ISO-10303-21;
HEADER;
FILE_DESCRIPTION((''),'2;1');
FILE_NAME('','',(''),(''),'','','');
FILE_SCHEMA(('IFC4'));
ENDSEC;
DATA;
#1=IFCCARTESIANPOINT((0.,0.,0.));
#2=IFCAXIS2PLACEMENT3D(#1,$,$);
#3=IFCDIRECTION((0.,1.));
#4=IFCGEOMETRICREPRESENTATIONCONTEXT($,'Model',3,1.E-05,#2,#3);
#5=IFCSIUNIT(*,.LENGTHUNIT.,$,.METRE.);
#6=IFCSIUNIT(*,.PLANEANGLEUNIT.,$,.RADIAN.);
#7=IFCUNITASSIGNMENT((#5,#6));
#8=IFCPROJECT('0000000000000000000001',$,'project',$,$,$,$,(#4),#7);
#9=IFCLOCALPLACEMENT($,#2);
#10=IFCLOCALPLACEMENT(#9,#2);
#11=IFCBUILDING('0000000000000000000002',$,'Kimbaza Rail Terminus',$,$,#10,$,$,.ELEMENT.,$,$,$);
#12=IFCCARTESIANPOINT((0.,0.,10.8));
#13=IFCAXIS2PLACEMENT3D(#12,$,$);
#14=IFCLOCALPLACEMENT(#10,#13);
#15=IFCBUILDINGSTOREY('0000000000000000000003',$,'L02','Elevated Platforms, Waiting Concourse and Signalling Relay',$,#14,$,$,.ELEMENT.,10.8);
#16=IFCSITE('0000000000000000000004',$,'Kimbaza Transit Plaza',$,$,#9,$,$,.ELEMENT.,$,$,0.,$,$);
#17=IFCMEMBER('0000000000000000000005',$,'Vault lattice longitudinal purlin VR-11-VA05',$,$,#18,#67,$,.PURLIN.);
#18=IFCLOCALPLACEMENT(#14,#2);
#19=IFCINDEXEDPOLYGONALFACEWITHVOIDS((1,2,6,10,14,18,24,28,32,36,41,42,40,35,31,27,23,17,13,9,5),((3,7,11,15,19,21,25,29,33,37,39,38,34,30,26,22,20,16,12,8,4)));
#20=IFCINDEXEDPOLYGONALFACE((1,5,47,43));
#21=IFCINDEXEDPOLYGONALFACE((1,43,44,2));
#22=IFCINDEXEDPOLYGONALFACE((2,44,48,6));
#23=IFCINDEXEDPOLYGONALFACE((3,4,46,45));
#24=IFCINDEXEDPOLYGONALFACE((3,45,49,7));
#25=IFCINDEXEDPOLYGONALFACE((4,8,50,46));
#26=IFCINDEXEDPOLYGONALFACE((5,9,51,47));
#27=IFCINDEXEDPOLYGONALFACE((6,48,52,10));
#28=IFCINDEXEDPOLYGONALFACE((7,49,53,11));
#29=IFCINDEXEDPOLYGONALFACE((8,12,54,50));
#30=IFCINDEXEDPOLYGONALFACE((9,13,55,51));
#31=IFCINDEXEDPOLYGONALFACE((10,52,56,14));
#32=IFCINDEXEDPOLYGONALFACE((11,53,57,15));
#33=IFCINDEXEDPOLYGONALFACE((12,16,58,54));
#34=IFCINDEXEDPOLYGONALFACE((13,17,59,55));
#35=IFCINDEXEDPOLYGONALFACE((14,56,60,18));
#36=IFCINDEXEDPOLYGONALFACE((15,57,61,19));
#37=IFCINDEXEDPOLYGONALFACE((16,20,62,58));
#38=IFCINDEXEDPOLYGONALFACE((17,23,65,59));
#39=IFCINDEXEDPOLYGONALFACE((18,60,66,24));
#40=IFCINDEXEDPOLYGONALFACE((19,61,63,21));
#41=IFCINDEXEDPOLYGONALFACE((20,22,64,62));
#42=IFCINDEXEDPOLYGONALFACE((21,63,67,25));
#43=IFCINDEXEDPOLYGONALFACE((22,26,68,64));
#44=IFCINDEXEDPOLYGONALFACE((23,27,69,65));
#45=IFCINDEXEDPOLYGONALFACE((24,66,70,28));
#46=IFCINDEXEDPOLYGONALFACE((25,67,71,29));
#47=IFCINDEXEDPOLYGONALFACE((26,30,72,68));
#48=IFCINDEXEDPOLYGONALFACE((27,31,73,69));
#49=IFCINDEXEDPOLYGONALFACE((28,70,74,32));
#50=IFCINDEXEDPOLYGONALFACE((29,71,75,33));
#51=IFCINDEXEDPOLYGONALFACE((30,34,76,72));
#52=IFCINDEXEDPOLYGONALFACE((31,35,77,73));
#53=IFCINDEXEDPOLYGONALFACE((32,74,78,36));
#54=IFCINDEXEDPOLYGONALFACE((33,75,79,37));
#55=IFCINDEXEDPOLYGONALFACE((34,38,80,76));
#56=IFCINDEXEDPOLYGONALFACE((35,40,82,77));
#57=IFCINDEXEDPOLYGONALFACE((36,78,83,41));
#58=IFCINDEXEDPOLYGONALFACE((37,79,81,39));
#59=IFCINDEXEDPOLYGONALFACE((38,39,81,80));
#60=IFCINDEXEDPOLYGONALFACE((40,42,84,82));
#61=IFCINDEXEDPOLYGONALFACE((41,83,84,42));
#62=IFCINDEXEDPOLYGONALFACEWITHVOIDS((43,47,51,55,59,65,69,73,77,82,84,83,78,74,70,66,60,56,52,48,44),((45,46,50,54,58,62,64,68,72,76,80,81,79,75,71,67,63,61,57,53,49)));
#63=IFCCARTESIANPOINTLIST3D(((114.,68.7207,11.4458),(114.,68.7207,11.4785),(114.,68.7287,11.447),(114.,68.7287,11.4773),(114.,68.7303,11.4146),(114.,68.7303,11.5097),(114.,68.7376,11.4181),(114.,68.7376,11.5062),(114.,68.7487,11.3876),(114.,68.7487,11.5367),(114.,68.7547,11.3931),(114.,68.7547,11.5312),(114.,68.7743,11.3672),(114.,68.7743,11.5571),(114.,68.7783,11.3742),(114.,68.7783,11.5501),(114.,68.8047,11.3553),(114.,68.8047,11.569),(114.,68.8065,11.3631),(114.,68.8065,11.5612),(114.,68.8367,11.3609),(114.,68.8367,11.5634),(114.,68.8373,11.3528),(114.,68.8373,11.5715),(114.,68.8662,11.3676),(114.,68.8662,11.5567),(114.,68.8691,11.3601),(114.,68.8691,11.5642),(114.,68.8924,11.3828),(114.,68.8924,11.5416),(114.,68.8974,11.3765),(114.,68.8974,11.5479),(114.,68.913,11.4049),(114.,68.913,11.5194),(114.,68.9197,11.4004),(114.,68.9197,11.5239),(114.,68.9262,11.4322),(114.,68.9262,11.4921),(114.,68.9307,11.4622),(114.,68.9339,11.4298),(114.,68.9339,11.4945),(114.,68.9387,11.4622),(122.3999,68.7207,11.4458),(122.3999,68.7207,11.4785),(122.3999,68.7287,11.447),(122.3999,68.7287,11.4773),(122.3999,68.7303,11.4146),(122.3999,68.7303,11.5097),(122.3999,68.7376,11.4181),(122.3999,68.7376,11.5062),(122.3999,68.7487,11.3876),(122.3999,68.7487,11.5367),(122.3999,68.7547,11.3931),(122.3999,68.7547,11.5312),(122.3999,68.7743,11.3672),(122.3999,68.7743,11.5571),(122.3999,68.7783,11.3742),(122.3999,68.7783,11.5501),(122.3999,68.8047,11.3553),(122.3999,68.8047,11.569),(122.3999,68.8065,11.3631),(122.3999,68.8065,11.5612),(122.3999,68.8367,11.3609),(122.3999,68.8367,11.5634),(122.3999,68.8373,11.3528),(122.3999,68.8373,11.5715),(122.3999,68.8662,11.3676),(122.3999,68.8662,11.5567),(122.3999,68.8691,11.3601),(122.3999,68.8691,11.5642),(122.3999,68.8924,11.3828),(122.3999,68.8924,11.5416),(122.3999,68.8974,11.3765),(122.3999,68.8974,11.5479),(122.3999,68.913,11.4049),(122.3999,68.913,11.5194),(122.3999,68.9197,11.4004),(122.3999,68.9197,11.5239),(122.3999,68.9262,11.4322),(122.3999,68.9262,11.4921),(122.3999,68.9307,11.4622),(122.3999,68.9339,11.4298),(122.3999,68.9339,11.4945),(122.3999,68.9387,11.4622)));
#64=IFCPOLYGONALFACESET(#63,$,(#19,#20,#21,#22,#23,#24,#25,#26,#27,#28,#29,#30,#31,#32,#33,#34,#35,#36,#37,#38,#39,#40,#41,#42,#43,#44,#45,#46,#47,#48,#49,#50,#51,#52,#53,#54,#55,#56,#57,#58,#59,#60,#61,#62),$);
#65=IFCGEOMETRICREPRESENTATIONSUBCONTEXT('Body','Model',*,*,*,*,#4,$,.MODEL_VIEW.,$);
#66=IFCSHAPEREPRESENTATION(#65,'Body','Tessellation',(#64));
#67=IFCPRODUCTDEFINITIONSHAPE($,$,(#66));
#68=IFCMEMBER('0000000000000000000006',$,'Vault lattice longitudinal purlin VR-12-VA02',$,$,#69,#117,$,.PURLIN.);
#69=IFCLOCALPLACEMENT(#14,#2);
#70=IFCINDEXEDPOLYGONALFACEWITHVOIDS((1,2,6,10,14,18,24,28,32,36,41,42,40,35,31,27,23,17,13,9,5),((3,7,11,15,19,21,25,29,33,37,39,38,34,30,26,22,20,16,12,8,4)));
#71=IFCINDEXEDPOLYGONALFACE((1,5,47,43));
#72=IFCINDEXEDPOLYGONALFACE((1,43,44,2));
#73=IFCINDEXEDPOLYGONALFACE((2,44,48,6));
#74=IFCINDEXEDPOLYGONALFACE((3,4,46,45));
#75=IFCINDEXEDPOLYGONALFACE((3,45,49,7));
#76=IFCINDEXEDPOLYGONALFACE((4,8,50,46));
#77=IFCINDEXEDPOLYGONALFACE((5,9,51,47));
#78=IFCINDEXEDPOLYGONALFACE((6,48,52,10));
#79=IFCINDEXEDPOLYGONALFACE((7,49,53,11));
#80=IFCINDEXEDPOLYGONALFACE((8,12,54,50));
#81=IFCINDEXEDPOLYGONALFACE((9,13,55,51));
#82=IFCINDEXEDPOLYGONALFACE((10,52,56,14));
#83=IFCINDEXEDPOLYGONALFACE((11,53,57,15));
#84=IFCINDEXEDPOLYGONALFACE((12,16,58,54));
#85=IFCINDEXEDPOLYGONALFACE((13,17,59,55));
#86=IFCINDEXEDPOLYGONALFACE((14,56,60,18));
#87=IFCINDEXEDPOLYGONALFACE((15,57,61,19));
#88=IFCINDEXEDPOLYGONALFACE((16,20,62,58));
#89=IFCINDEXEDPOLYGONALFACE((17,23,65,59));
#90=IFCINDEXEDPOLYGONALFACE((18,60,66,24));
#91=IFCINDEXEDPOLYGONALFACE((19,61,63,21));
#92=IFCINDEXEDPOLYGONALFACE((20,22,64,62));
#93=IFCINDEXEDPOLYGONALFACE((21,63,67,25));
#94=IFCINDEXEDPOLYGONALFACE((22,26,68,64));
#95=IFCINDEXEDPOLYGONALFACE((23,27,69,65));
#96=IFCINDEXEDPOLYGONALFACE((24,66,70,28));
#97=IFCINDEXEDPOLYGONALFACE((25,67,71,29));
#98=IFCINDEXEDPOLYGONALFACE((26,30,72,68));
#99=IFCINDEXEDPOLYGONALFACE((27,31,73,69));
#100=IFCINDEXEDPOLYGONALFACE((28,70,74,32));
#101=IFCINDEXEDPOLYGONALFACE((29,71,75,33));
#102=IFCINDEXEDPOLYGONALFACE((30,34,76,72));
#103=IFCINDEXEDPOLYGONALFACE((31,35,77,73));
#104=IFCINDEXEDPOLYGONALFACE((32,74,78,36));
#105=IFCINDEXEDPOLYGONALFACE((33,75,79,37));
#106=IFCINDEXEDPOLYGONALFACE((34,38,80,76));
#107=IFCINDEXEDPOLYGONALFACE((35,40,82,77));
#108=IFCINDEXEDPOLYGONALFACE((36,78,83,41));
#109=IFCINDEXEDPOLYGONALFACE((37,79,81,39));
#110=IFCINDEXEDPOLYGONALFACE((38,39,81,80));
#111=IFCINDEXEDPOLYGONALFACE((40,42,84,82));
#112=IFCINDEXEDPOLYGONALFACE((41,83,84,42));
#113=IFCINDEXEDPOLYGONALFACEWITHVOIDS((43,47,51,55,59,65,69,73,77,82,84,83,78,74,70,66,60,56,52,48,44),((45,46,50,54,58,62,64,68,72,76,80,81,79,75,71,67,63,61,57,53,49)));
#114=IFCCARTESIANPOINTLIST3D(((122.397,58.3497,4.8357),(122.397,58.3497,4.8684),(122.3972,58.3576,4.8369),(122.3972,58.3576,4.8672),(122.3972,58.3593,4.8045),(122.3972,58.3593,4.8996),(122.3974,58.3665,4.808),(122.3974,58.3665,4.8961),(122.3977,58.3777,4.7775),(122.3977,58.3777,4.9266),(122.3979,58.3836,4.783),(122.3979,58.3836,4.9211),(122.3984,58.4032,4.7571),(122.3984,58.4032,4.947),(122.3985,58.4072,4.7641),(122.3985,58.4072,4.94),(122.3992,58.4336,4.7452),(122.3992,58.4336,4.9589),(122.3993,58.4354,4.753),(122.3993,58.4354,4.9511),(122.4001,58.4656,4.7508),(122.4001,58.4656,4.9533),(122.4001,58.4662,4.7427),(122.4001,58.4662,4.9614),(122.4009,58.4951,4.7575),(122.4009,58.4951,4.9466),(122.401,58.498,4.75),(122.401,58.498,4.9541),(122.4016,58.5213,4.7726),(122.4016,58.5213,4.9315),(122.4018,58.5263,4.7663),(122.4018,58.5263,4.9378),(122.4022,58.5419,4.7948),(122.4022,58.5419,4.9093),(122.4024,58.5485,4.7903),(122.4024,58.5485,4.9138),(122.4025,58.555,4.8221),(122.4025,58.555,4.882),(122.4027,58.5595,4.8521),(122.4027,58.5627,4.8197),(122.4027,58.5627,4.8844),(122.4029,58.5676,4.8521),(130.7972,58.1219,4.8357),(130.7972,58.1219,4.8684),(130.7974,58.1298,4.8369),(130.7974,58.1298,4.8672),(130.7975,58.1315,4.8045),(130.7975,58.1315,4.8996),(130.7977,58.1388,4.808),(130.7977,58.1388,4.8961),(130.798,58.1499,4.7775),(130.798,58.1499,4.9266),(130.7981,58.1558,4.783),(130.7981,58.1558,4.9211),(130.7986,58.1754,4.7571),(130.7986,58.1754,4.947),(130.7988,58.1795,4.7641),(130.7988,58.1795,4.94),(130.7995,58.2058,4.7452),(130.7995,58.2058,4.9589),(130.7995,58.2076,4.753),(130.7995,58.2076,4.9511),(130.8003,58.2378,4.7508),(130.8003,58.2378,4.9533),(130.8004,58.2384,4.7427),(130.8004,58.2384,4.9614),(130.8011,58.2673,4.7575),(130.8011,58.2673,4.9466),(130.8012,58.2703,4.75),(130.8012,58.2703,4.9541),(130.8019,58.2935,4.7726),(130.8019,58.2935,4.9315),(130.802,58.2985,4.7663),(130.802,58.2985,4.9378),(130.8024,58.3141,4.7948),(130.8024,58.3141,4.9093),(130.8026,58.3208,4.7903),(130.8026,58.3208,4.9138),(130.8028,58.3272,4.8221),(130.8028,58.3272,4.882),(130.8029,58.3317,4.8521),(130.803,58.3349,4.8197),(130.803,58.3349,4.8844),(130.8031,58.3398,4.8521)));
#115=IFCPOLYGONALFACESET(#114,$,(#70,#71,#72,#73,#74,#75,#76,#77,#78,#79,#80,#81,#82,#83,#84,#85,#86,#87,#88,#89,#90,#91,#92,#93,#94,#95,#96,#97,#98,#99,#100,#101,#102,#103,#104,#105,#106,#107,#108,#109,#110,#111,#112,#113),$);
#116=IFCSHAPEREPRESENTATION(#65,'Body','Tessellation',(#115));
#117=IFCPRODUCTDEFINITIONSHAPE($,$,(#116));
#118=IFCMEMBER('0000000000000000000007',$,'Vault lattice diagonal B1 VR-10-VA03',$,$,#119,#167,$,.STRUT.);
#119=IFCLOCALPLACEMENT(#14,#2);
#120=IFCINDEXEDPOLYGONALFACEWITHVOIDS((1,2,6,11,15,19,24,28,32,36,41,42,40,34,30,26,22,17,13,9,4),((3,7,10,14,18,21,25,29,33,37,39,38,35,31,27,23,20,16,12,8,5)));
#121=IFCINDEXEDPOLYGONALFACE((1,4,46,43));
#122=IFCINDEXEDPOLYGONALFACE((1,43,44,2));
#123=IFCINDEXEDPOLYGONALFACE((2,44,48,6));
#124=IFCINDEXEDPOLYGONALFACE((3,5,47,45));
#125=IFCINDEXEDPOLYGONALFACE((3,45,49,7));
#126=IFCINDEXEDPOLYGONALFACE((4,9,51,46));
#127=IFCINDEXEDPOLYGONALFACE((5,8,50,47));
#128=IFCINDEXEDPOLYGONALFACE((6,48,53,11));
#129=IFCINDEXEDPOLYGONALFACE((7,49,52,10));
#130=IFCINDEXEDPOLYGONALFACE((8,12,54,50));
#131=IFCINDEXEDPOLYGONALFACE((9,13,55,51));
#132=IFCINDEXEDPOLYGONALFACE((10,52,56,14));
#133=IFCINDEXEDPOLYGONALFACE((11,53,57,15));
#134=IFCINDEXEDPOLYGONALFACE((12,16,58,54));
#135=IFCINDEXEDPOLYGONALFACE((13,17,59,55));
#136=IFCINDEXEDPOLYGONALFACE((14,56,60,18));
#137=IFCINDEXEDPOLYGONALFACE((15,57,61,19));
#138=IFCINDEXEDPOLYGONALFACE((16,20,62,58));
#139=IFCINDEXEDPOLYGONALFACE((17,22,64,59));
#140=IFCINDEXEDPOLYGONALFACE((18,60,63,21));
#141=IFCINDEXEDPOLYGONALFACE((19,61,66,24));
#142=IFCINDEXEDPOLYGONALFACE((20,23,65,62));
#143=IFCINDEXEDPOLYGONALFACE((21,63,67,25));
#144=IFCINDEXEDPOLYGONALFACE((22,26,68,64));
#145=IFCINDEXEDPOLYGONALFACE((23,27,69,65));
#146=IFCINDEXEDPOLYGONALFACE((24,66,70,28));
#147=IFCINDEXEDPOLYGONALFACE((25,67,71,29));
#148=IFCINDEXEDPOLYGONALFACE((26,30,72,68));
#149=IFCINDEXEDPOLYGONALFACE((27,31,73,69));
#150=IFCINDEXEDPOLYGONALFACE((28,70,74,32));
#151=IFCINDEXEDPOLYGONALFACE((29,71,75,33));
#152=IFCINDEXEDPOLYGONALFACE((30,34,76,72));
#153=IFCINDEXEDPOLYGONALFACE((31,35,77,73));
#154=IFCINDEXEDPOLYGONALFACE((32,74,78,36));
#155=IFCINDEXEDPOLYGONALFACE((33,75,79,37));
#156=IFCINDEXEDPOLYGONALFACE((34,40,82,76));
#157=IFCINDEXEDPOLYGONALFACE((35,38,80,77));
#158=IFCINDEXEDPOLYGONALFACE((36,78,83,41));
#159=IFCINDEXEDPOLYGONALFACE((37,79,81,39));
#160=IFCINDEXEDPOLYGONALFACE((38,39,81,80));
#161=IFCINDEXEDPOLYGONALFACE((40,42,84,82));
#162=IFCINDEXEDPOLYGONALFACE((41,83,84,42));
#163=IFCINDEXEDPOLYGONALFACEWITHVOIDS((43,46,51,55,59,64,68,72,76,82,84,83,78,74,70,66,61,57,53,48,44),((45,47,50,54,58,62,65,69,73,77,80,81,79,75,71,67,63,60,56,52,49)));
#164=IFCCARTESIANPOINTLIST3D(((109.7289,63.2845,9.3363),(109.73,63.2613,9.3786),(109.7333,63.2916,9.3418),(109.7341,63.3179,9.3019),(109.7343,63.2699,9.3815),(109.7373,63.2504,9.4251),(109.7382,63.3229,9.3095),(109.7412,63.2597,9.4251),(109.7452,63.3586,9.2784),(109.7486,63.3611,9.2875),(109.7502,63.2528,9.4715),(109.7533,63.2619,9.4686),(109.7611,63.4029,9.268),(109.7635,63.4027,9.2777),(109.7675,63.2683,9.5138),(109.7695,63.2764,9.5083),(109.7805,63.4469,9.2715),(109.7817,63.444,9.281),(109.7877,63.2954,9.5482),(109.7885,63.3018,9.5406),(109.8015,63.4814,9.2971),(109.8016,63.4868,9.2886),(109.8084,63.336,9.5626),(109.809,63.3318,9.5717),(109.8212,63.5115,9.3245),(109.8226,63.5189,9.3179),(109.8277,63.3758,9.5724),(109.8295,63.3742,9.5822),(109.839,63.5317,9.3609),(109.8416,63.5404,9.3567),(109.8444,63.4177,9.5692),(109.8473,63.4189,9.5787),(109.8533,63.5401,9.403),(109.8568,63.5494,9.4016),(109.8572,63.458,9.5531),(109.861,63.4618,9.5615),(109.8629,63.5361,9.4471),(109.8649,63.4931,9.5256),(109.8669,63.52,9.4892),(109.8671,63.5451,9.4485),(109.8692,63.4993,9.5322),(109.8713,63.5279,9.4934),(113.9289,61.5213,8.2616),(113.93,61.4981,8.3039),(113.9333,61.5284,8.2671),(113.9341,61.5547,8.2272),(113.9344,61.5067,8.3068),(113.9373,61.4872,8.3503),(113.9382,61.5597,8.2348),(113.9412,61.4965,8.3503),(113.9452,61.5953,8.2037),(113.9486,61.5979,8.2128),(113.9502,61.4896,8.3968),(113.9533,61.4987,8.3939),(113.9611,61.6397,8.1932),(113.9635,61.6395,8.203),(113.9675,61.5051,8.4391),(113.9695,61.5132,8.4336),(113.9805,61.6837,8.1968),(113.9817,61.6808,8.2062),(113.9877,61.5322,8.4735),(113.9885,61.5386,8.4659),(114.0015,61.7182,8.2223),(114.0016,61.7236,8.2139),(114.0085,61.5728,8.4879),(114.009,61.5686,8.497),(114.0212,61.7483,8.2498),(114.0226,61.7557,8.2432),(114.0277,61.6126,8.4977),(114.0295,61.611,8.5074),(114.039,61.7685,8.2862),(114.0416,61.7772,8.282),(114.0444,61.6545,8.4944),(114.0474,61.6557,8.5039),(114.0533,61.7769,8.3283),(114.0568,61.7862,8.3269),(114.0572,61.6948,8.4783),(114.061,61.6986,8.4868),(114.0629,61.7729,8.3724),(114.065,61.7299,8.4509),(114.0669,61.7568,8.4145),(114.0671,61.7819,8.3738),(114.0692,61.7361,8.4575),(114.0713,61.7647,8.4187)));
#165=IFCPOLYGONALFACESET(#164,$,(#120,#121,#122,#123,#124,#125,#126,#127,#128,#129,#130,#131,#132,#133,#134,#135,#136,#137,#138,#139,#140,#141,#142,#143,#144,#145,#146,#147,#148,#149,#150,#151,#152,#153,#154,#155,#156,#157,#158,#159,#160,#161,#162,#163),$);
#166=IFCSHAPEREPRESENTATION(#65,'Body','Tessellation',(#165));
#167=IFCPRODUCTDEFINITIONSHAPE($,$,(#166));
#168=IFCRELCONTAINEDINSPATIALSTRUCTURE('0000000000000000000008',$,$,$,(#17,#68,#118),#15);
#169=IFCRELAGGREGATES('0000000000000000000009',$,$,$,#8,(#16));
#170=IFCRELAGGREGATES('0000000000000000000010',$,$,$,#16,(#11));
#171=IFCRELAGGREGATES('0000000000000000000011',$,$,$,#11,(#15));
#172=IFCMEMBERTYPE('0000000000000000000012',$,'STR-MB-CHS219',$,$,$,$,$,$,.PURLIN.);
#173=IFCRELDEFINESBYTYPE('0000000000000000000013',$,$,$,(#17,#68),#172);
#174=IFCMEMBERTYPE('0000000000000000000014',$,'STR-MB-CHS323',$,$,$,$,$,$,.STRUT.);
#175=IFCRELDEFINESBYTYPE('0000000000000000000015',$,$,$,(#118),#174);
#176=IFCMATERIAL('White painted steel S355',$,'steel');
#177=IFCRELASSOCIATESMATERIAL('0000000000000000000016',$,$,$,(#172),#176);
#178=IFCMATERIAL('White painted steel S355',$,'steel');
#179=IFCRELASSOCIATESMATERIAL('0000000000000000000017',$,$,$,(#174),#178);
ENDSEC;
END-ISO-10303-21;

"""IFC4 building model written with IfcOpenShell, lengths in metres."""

from ifc_helpers import new_model, si_unit, direction, frame, origin, origin_2d, place, context, subcontext, project, spatial, hollow_circle, extrude, material, material_profile, profile_set, type_object, element, save


model = new_model("IFC4")

# Units and contexts
model_context = context("Model", 3, precision=1e-05, world=origin(), true_north=direction((0.0, 1.0)))
body_context = subcontext(model_context, "Body", "Model", "MODEL_VIEW")
ifc_project = project(units=[si_unit("LENGTHUNIT", "METRE"), si_unit("PLANEANGLEUNIT", "RADIAN")], contexts=[model_context])

# Site, building, storey
site_placement = place(None, origin())
site = spatial("IfcSite", under=ifc_project, at=site_placement, Name="Kimbaza Transit Plaza", CompositionType="ELEMENT", RefElevation=0.0)
building_placement = place(site_placement, origin())
building = spatial("IfcBuilding", under=site, at=building_placement, Name="Kimbaza Rail Terminus", CompositionType="ELEMENT")
storey_placement = place(building_placement, frame((0.0, 0.0, 10.8)))
storey = spatial("IfcBuildingStorey", under=building, at=storey_placement, Name="L02", Description="Elevated Platforms, Waiting Concourse and Signalling Relay", CompositionType="ELEMENT", Elevation=10.8)

# Members
ifc_material_1 = material(Name="White painted steel S355", Category="steel")
ifc_material_profile_1 = material_profile(ifc_material_1, hollow_circle(Radius=0.1096, WallThickness=0.0081, at=origin_2d()), Name="CHS 219.1x8")
ifc_profile_set_1 = profile_set([ifc_material_profile_1], Name="White painted steel S355")
member_type_1 = type_object("IfcMemberType", Name="STR-MB-CHS219", PredefinedType="PURLIN", material=ifc_profile_set_1)
for number, where, z_axis, x_axis, name in (
    (1, (114.0, 68.8291, 11.4622), (1.0, 0.0, 0.0), (0.0, 1.0, 0.0), "Vault lattice longitudinal purlin VR-11-VA05"),
):
    element("IfcMember", number, at=place(storey_placement, frame(where, z_axis=z_axis, x_axis=x_axis)), inside=storey, type_object=member_type_1, Name=name, PredefinedType="PURLIN", context=body_context, shape_type="SweptSolid", body=[
        extrude(hollow_circle(Radius=0.1096, WallThickness=0.0081, at=origin_2d()), origin(), (0.0, 0.0, 1.0), 8.3999),
    ])
member_1_placement = place(storey_placement, frame((122.3999, 58.458, 4.8521), z_axis=(0.999633, -0.027107, 0.0), x_axis=(0.027107, 0.999633, 0.0)))
element("IfcMember", 2, at=member_1_placement, inside=storey, type_object=member_type_1, Name="Vault lattice longitudinal purlin VR-12-VA02", PredefinedType="PURLIN", context=body_context, shape_type="SweptSolid", body=[
    extrude(hollow_circle(Radius=0.1096, WallThickness=0.0081, at=origin_2d()), origin(), (0.0, 0.0, 1.0), 8.4033),
])
ifc_material_2 = material(Name="White painted steel S355", Category="steel")
ifc_material_profile_2 = material_profile(ifc_material_2, hollow_circle(Radius=0.1619, WallThickness=0.01, at=origin_2d()), Name="CHS 323.9x10")
ifc_profile_set_2 = profile_set([ifc_material_profile_2], Name="White painted steel S355")
member_type_2 = type_object("IfcMemberType", Name="STR-MB-CHS323", PredefinedType="STRUT", material=ifc_profile_set_2)
member_2_placement = place(storey_placement, frame((114.0, 61.6365, 8.3503), z_axis=(-0.897405, 0.37674, 0.229633), x_axis=(-0.387084, -0.922044, 0.0)))
element("IfcMember", 3, at=member_2_placement, inside=storey, type_object=member_type_2, Name="Vault lattice diagonal B1 VR-10-VA03", PredefinedType="STRUT", context=body_context, shape_type="SweptSolid", body=[
    extrude(hollow_circle(Radius=0.1619, WallThickness=0.01, at=origin_2d()), origin(), (0.0, 0.0, 1.0), 4.6802),
])

save(model, "model.ifc")
